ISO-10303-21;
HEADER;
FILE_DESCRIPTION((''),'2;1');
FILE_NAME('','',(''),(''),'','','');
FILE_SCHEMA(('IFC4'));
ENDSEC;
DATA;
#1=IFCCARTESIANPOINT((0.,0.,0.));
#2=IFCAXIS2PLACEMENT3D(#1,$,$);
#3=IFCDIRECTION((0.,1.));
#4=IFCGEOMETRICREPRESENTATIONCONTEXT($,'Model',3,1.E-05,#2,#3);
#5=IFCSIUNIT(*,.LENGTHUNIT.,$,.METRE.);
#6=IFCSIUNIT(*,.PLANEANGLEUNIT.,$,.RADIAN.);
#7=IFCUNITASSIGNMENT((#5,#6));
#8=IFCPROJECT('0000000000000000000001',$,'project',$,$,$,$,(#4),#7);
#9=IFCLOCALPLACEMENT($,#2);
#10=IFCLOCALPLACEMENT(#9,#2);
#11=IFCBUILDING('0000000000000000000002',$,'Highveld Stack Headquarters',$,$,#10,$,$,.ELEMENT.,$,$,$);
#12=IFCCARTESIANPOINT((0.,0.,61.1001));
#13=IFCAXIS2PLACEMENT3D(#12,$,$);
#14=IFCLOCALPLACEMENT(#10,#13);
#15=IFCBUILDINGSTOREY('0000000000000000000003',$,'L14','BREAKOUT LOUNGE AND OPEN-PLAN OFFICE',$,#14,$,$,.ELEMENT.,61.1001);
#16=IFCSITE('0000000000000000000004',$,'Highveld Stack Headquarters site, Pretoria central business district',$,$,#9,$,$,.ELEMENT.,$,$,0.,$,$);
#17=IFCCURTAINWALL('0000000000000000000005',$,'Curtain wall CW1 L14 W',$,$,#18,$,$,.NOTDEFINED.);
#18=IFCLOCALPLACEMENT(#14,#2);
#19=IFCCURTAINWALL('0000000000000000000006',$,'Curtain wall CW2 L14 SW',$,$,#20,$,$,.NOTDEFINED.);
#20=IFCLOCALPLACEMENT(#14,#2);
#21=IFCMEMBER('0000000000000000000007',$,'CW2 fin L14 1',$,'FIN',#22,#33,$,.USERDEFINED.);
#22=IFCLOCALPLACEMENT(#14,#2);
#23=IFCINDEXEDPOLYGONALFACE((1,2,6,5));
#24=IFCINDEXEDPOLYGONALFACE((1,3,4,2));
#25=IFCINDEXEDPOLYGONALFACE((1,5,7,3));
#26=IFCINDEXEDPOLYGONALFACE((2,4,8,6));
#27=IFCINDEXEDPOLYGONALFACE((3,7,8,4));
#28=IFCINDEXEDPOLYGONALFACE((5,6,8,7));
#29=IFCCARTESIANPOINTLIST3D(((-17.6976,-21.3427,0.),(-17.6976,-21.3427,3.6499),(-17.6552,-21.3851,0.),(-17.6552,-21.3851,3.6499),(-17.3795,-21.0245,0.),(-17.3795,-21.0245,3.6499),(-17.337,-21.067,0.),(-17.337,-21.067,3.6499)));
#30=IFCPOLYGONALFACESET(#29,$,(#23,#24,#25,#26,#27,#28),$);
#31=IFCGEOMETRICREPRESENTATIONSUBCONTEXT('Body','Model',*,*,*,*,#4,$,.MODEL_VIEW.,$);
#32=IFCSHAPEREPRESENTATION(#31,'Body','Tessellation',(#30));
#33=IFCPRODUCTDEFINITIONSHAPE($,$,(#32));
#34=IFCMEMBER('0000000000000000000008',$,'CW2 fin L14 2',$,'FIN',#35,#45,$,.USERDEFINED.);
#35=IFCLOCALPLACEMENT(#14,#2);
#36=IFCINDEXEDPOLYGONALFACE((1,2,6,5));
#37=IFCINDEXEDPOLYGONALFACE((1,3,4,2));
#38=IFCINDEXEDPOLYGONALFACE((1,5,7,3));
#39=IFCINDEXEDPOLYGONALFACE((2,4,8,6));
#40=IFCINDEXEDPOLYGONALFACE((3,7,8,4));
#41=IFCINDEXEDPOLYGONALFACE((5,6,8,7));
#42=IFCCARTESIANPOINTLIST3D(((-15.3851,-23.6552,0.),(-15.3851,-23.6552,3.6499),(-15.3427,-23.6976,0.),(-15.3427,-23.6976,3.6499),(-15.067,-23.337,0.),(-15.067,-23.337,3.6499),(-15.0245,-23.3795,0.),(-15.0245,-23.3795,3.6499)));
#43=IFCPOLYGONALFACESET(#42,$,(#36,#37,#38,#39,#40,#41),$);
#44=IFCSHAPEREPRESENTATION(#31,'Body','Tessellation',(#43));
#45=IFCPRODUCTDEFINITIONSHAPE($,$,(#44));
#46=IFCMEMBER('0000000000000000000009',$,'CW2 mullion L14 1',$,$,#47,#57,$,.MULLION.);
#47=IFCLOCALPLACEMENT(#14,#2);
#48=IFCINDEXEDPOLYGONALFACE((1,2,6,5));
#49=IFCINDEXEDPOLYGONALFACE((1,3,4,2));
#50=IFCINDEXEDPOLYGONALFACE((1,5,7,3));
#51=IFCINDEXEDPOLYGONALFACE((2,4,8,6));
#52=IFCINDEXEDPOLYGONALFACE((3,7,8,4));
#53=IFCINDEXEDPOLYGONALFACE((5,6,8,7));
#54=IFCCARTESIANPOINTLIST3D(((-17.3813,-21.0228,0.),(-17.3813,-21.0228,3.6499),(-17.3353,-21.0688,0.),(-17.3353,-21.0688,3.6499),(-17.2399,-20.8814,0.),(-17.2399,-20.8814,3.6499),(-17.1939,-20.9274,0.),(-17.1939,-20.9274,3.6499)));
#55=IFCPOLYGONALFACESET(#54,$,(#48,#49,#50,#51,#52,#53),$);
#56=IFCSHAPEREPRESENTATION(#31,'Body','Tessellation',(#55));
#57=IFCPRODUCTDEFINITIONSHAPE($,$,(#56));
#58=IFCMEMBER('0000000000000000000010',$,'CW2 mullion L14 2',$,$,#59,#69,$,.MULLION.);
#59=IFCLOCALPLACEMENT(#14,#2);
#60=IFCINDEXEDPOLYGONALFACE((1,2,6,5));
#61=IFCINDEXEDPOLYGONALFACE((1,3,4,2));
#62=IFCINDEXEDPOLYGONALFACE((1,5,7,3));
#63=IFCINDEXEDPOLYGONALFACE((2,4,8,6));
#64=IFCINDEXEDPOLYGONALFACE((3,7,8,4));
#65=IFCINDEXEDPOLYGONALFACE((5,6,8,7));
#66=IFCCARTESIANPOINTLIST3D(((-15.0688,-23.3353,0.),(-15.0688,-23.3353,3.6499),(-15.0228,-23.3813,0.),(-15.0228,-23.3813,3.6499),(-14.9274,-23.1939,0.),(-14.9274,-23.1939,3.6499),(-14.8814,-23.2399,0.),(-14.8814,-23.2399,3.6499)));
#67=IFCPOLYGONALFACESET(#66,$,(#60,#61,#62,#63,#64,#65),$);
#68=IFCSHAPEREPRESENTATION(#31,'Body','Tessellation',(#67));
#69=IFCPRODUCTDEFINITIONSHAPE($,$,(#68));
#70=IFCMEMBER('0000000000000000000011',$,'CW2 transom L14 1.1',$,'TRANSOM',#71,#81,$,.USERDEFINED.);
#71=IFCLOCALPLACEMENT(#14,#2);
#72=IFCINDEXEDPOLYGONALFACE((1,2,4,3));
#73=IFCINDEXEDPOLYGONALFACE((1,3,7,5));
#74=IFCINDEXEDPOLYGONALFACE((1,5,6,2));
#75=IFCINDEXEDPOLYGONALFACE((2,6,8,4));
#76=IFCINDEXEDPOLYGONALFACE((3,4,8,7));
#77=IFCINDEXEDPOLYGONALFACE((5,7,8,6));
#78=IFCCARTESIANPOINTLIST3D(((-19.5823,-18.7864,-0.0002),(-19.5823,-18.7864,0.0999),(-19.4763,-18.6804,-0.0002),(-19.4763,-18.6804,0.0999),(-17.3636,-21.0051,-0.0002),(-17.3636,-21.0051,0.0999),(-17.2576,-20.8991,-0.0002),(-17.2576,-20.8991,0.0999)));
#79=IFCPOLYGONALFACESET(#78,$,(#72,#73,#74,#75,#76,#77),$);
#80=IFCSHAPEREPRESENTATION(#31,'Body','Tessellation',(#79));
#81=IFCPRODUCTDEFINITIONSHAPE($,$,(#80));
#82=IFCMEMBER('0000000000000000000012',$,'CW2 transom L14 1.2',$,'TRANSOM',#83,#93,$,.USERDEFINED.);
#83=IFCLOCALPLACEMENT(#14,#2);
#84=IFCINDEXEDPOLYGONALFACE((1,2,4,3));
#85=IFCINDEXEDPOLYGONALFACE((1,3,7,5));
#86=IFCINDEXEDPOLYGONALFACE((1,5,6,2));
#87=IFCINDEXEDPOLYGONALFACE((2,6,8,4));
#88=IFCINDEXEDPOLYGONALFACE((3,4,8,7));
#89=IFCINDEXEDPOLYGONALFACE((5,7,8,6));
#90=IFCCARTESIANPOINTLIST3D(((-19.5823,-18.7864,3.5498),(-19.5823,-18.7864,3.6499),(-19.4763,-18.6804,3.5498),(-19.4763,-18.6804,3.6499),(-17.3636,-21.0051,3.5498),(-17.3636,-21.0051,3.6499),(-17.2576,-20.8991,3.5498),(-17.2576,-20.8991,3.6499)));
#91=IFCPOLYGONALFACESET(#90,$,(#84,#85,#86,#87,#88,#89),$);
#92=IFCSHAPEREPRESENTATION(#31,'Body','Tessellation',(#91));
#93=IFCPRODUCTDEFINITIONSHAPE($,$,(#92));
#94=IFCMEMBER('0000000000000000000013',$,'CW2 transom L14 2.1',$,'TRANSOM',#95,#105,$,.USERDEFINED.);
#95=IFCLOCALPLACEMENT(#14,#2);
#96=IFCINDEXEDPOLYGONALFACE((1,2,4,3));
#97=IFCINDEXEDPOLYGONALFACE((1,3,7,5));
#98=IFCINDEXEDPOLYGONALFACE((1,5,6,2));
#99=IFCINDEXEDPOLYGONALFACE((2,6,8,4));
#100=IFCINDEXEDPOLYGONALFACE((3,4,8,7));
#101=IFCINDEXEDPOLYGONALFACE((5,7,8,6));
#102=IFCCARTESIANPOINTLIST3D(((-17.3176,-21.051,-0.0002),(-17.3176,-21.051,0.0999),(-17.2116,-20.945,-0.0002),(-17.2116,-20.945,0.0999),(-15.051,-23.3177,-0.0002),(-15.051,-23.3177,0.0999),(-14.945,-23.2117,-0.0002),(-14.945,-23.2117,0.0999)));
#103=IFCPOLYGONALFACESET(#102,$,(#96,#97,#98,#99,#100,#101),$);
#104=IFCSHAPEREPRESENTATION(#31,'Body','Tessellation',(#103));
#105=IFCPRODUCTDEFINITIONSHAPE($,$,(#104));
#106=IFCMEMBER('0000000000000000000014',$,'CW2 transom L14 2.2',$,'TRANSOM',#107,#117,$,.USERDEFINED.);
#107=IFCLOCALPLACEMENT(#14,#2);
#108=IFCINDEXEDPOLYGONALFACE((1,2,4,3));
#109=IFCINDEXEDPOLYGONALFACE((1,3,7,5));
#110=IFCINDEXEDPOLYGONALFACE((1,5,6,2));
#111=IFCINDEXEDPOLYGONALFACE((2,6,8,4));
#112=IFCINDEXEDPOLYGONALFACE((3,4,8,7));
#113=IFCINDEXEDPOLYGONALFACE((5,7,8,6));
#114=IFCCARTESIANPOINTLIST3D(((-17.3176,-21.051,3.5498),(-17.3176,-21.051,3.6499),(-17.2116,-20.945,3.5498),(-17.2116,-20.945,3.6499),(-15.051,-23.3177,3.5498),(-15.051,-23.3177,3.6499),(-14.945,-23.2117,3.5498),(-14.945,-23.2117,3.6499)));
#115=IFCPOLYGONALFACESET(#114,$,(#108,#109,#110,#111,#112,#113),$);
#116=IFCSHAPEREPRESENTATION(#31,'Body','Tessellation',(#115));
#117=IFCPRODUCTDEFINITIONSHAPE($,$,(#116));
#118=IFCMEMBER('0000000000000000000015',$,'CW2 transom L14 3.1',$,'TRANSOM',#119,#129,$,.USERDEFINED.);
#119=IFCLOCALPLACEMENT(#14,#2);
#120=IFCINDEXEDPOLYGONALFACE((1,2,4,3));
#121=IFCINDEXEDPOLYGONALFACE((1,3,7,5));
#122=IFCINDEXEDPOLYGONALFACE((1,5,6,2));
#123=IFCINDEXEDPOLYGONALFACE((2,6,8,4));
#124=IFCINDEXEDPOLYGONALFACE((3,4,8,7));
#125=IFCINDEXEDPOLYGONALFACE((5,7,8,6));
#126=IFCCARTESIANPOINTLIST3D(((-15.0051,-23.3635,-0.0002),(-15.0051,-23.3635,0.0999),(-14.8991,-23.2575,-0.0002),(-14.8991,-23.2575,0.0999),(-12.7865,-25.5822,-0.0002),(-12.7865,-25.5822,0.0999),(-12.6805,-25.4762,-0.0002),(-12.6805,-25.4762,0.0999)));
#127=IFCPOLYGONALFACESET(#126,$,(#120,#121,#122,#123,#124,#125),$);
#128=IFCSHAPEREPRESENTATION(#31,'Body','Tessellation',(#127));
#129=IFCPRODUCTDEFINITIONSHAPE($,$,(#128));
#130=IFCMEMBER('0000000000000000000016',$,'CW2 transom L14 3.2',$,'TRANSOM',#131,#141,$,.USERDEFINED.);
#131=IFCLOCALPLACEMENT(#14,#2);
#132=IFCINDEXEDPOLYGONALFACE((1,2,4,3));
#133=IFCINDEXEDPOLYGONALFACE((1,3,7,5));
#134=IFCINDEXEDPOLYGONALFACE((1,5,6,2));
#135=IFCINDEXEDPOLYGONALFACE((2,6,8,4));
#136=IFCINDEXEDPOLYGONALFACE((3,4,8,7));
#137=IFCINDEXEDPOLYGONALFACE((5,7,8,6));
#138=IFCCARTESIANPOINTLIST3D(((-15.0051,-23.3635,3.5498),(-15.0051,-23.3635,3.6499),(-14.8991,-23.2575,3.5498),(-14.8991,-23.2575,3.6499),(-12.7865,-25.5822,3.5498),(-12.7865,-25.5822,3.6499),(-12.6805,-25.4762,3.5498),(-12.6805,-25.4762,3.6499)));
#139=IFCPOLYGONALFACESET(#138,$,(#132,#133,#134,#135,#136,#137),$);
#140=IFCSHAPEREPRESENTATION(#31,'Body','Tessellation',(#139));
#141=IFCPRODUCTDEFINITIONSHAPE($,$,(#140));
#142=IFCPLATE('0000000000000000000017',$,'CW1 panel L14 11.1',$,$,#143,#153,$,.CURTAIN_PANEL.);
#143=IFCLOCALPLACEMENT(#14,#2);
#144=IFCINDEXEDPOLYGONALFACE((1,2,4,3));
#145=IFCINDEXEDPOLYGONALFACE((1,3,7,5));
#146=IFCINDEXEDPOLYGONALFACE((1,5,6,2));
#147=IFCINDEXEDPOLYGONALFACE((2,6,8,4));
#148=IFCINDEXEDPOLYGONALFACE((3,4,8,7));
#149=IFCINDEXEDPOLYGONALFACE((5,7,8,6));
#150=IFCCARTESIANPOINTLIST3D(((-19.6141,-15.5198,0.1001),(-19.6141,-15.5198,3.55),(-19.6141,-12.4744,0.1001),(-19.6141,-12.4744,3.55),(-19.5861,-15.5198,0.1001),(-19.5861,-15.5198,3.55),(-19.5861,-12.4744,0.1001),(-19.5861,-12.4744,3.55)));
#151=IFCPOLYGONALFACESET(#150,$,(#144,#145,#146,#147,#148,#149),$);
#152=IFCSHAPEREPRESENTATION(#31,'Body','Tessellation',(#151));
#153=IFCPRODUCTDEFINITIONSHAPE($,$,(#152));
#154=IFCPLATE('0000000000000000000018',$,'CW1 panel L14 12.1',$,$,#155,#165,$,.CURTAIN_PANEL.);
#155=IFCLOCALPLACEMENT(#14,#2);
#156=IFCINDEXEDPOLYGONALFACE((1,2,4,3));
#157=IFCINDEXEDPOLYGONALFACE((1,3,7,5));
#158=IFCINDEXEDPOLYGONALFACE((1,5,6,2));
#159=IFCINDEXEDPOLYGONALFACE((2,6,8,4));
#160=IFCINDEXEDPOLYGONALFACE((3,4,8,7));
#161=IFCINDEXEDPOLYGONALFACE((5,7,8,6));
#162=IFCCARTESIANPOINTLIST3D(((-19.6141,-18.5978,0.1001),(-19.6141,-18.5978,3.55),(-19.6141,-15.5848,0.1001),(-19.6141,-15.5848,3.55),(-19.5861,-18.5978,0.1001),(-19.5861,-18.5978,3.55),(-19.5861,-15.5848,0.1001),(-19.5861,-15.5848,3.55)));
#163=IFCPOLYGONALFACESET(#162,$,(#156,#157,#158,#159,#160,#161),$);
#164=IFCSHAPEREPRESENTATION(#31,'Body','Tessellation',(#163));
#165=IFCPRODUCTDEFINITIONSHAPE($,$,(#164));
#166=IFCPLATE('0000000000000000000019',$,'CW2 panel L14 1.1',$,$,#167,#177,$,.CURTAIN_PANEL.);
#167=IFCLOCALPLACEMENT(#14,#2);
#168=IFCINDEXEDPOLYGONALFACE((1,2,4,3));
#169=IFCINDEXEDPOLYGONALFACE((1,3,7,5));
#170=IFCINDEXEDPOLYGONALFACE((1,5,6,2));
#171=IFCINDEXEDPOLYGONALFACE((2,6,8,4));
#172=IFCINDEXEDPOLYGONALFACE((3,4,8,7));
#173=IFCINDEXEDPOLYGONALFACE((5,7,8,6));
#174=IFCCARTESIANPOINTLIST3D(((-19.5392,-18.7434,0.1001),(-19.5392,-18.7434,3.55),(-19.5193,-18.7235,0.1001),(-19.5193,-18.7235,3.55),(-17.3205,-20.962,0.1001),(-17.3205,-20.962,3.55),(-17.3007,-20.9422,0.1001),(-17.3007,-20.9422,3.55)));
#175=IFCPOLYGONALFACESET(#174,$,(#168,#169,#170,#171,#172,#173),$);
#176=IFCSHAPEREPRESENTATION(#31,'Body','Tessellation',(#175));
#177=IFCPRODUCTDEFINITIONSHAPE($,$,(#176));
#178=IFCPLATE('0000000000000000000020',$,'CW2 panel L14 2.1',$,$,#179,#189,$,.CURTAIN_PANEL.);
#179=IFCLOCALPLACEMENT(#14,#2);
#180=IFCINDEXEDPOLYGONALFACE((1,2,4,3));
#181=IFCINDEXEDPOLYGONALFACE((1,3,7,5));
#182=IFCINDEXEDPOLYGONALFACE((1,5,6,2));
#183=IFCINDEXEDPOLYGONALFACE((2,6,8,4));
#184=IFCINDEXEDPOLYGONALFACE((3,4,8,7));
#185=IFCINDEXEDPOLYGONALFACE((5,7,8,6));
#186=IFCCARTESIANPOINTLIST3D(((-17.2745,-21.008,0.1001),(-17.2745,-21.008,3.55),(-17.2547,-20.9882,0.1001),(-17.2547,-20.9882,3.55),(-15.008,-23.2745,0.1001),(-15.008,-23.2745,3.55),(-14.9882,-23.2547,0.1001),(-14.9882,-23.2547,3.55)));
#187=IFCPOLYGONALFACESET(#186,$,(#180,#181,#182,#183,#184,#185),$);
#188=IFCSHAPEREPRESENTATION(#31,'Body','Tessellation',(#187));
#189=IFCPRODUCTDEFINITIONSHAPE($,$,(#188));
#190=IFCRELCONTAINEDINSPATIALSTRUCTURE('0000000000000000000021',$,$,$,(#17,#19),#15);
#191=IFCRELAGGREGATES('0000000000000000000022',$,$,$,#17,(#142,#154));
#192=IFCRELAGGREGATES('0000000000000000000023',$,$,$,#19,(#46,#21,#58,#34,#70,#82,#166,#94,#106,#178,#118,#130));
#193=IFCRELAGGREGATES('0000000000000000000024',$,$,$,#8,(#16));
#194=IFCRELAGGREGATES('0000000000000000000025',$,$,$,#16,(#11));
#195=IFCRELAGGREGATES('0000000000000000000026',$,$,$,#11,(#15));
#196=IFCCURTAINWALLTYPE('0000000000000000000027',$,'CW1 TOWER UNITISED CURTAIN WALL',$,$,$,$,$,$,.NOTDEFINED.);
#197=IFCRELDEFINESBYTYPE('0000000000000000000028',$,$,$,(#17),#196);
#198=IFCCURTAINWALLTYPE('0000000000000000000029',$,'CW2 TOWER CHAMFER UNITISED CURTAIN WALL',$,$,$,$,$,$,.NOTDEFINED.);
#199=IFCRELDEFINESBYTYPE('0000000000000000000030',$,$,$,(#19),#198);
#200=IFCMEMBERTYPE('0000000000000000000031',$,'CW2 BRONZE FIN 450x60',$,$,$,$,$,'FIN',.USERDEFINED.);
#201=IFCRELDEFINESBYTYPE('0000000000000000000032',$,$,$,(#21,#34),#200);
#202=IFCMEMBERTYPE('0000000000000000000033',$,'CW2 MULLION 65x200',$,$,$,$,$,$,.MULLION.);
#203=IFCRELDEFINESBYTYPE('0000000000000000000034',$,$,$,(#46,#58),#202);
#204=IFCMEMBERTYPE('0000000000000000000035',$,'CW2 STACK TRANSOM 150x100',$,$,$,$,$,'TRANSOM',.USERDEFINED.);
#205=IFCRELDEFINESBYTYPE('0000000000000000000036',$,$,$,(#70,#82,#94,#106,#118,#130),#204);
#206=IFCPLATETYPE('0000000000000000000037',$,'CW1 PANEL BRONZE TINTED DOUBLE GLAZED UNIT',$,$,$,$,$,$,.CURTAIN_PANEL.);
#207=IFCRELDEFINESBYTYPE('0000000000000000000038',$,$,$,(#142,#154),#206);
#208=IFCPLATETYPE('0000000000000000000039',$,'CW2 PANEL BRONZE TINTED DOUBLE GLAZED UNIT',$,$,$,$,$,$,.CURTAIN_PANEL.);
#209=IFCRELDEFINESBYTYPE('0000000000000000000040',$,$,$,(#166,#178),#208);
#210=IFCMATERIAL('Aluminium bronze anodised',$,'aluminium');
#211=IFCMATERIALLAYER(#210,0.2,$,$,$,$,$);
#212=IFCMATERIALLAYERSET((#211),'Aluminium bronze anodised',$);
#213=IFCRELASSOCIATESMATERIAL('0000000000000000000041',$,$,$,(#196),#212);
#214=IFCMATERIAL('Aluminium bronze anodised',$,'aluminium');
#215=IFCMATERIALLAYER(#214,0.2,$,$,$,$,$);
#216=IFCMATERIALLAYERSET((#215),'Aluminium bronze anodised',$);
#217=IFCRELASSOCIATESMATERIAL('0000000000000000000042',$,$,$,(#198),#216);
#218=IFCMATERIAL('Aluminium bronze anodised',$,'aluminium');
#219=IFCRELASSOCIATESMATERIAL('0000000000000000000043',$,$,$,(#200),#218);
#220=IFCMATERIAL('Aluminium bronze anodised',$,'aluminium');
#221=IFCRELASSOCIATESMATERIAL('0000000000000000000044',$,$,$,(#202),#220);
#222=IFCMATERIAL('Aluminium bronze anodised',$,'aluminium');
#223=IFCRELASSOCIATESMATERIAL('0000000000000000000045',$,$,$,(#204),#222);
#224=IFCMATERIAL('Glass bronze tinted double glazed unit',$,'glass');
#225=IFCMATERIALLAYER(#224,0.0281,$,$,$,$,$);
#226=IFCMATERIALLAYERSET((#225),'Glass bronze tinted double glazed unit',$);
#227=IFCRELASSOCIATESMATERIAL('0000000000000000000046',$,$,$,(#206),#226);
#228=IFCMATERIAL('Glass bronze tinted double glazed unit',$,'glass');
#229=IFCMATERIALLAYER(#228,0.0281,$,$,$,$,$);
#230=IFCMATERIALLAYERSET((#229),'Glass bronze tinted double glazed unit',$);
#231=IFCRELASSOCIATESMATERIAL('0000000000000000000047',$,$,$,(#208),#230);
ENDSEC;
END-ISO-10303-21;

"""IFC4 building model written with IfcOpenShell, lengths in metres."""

from ifc_helpers import new_model, si_unit, direction, frame, origin, origin_2d, place, context, subcontext, project, spatial, rectangle, extrude, material, layer, layer_set, material_profile, profile_set, type_object, element, aggregate, save


model = new_model("IFC4")

# Units and contexts
model_context = context("Model", 3, precision=1e-05, world=origin(), true_north=direction((0.0, 1.0)))
body_context = subcontext(model_context, "Body", "Model", "MODEL_VIEW")
ifc_project = project(units=[si_unit("LENGTHUNIT", "METRE"), si_unit("PLANEANGLEUNIT", "RADIAN")], contexts=[model_context])

# Site, building, storey
site_placement = place(None, origin())
site = spatial("IfcSite", under=ifc_project, at=site_placement, Name="Highveld Stack Headquarters site, Pretoria central business district", CompositionType="ELEMENT", RefElevation=0.0)
building_placement = place(site_placement, origin())
building = spatial("IfcBuilding", under=site, at=building_placement, Name="Highveld Stack Headquarters", CompositionType="ELEMENT")
storey_placement = place(building_placement, frame((0.0, 0.0, 61.1001)))
storey = spatial("IfcBuildingStorey", under=building, at=storey_placement, Name="L14", Description="BREAKOUT LOUNGE AND OPEN-PLAN OFFICE", CompositionType="ELEMENT", Elevation=61.1001)

# Shared definitions
ifc_material_1 = material(Name="Aluminium bronze anodised", Category="aluminium")
ifc_layer_1 = layer(ifc_material_1, 0.2)
ifc_layer_set_1 = layer_set([ifc_layer_1], Name="Aluminium bronze anodised")
curtain_wall_type_1 = type_object("IfcCurtainWallType", Name="CW1 TOWER UNITISED CURTAIN WALL", PredefinedType="NOTDEFINED", material=ifc_layer_set_1)

# Curtain wall
curtain_wall_1_placement = place(storey_placement, origin())
curtain_wall_1 = element("IfcCurtainWall", 1, at=curtain_wall_1_placement, inside=storey, type_object=curtain_wall_type_1, Name="Curtain wall CW1 L14 W", PredefinedType="NOTDEFINED")

# Curtain wall, members
ifc_material_2 = material(Name="Aluminium bronze anodised", Category="aluminium")
ifc_layer_2 = layer(ifc_material_2, 0.2)
ifc_layer_set_2 = layer_set([ifc_layer_2], Name="Aluminium bronze anodised")
curtain_wall_type_2 = type_object("IfcCurtainWallType", Name="CW2 TOWER CHAMFER UNITISED CURTAIN WALL", PredefinedType="NOTDEFINED", material=ifc_layer_set_2)
curtain_wall_2_placement = place(storey_placement, origin())
curtain_wall_2 = element("IfcCurtainWall", 2, at=curtain_wall_2_placement, inside=storey, type_object=curtain_wall_type_2, Name="Curtain wall CW2 L14 SW", PredefinedType="NOTDEFINED")
ifc_material_3 = material(Name="Aluminium bronze anodised", Category="aluminium")
ifc_material_profile_1 = material_profile(ifc_material_3, rectangle(XDim=0.45, YDim=0.0601, at=origin_2d()), Name="FIN 450x60")
ifc_profile_set_1 = profile_set([ifc_material_profile_1], Name="Aluminium bronze anodised")
member_type_1 = type_object("IfcMemberType", Name="CW2 BRONZE FIN 450x60", ElementType="FIN", PredefinedType="USERDEFINED", material=ifc_profile_set_1)
member_1_placement = place(storey_placement, frame((-17.5173, -21.2048, 0.0), z_axis=(0.0, 0.0, 1.0), x_axis=(0.707107, 0.707107, 0.0)))
member_1 = element("IfcMember", 3, at=member_1_placement, type_object=member_type_1, Name="CW2 fin L14 1", ObjectType="FIN", PredefinedType="USERDEFINED", context=body_context, shape_type="SweptSolid", body=[
    extrude(rectangle(XDim=0.45, YDim=0.0601, at=origin_2d()), origin(), (0.0, 0.0, 1.0), 3.6499),
])
member_2_placement = place(storey_placement, frame((-15.2048, -23.5173, 0.0), z_axis=(0.0, 0.0, 1.0), x_axis=(0.707107, 0.707107, 0.0)))
member_2 = element("IfcMember", 4, at=member_2_placement, type_object=member_type_1, Name="CW2 fin L14 2", ObjectType="FIN", PredefinedType="USERDEFINED", context=body_context, shape_type="SweptSolid", body=[
    extrude(rectangle(XDim=0.45, YDim=0.0601, at=origin_2d()), origin(), (0.0, 0.0, 1.0), 3.6499),
])
ifc_material_4 = material(Name="Aluminium bronze anodised", Category="aluminium")
ifc_material_profile_2 = material_profile(ifc_material_4, rectangle(XDim=0.2, YDim=0.0649, at=origin_2d()), Name="CW2 MULLION 65x200")
ifc_profile_set_2 = profile_set([ifc_material_profile_2], Name="Aluminium bronze anodised")
member_type_2 = type_object("IfcMemberType", Name="CW2 MULLION 65x200", PredefinedType="MULLION", material=ifc_profile_set_2)
member_3_placement = place(storey_placement, frame((-17.2876, -20.9751, 0.0), z_axis=(0.0, 0.0, 1.0), x_axis=(0.707107, 0.707107, 0.0)))
member_3 = element("IfcMember", 5, at=member_3_placement, type_object=member_type_2, Name="CW2 mullion L14 1", PredefinedType="MULLION", context=body_context, shape_type="SweptSolid", body=[
    extrude(rectangle(XDim=0.2, YDim=0.0649, at=origin_2d()), origin(), (0.0, 0.0, 1.0), 3.6499),
])
member_4_placement = place(storey_placement, frame((-14.9751, -23.2876, 0.0), z_axis=(0.0, 0.0, 1.0), x_axis=(0.707107, 0.707107, 0.0)))
member_4 = element("IfcMember", 6, at=member_4_placement, type_object=member_type_2, Name="CW2 mullion L14 2", PredefinedType="MULLION", context=body_context, shape_type="SweptSolid", body=[
    extrude(rectangle(XDim=0.2, YDim=0.0649, at=origin_2d()), origin(), (0.0, 0.0, 1.0), 3.6499),
])
ifc_material_5 = material(Name="Aluminium bronze anodised", Category="aluminium")
ifc_material_profile_3 = material_profile(ifc_material_5, rectangle(XDim=0.1499, YDim=0.1001, at=origin_2d()), Name="CW2 TRANSOM 150x100")
ifc_profile_set_3 = profile_set([ifc_material_profile_3], Name="Aluminium bronze anodised")
member_type_3 = type_object("IfcMemberType", Name="CW2 STACK TRANSOM 150x100", ElementType="TRANSOM", PredefinedType="USERDEFINED", material=ifc_profile_set_3)
member_5_placement = place(storey_placement, frame((-19.5293, -18.7334, 0.0498), z_axis=(0.707107, -0.707107, 0.0), x_axis=(0.707107, 0.707107, 0.0)))
member_5 = element("IfcMember", 7, at=member_5_placement, type_object=member_type_3, Name="CW2 transom L14 1.1", ObjectType="TRANSOM", PredefinedType="USERDEFINED", context=body_context, shape_type="SweptSolid", body=[
    extrude(rectangle(XDim=0.1499, YDim=0.1001, at=origin_2d()), origin(), (0.0, 0.0, 1.0), 3.1377),
])
member_6_placement = place(storey_placement, frame((-19.5293, -18.7334, 3.5999), z_axis=(0.707107, -0.707107, 0.0), x_axis=(0.707107, 0.707107, 0.0)))
member_6 = element("IfcMember", 8, at=member_6_placement, type_object=member_type_3, Name="CW2 transom L14 1.2", ObjectType="TRANSOM", PredefinedType="USERDEFINED", context=body_context, shape_type="SweptSolid", body=[
    extrude(rectangle(XDim=0.1499, YDim=0.1001, at=origin_2d()), origin(), (0.0, 0.0, 1.0), 3.1377),
])
member_7_placement = place(storey_placement, frame((-17.2646, -20.998, 0.0498), z_axis=(0.707107, -0.707107, 0.0), x_axis=(0.707107, 0.707107, 0.0)))
member_7 = element("IfcMember", 9, at=member_7_placement, type_object=member_type_3, Name="CW2 transom L14 2.1", ObjectType="TRANSOM", PredefinedType="USERDEFINED", context=body_context, shape_type="SweptSolid", body=[
    extrude(rectangle(XDim=0.1499, YDim=0.1001, at=origin_2d()), origin(), (0.0, 0.0, 1.0), 3.2056),
])
member_8_placement = place(storey_placement, frame((-17.2646, -20.998, 3.5999), z_axis=(0.707107, -0.707107, 0.0), x_axis=(0.707107, 0.707107, 0.0)))
member_8 = element("IfcMember", 10, at=member_8_placement, type_object=member_type_3, Name="CW2 transom L14 2.2", ObjectType="TRANSOM", PredefinedType="USERDEFINED", context=body_context, shape_type="SweptSolid", body=[
    extrude(rectangle(XDim=0.1499, YDim=0.1001, at=origin_2d()), origin(), (0.0, 0.0, 1.0), 3.2056),
])
member_9_placement = place(storey_placement, frame((-14.9521, -23.3105, 0.0498), z_axis=(0.707107, -0.707107, 0.0), x_axis=(0.707107, 0.707107, 0.0)))
member_9 = element("IfcMember", 11, at=member_9_placement, type_object=member_type_3, Name="CW2 transom L14 3.1", ObjectType="TRANSOM", PredefinedType="USERDEFINED", context=body_context, shape_type="SweptSolid", body=[
    extrude(rectangle(XDim=0.1499, YDim=0.1001, at=origin_2d()), origin(), (0.0, 0.0, 1.0), 3.1377),
])
member_10_placement = place(storey_placement, frame((-14.9521, -23.3105, 3.5999), z_axis=(0.707107, -0.707107, 0.0), x_axis=(0.707107, 0.707107, 0.0)))
member_10 = element("IfcMember", 12, at=member_10_placement, type_object=member_type_3, Name="CW2 transom L14 3.2", ObjectType="TRANSOM", PredefinedType="USERDEFINED", context=body_context, shape_type="SweptSolid", body=[
    extrude(rectangle(XDim=0.1499, YDim=0.1001, at=origin_2d()), origin(), (0.0, 0.0, 1.0), 3.1377),
])

# Plates
ifc_material_6 = material(Name="Glass bronze tinted double glazed unit", Category="glass")
ifc_layer_3 = layer(ifc_material_6, 0.0281)
ifc_layer_set_3 = layer_set([ifc_layer_3], Name="Glass bronze tinted double glazed unit")
plate_type_1 = type_object("IfcPlateType", Name="CW1 PANEL BRONZE TINTED DOUBLE GLAZED UNIT", PredefinedType="CURTAIN_PANEL", material=ifc_layer_set_3)
plate_1_placement = place(storey_placement, frame((-19.6001, -13.9971, 0.1001), z_axis=(0.0, 0.0, 1.0), x_axis=(0.0, -1.0, 0.0)))
plate_1 = element("IfcPlate", 13, at=plate_1_placement, type_object=plate_type_1, Name="CW1 panel L14 11.1", PredefinedType="CURTAIN_PANEL", context=body_context, shape_type="SweptSolid", body=[
    extrude(rectangle(XDim=3.0454, YDim=0.0281, at=origin_2d()), origin(), (0.0, 0.0, 1.0), 3.45),
])
plate_2_placement = place(storey_placement, frame((-19.6001, -17.0913, 0.1001), z_axis=(0.0, 0.0, 1.0), x_axis=(0.0, -1.0, 0.0)))
plate_2 = element("IfcPlate", 14, at=plate_2_placement, type_object=plate_type_1, Name="CW1 panel L14 12.1", PredefinedType="CURTAIN_PANEL", context=body_context, shape_type="SweptSolid", body=[
    extrude(rectangle(XDim=3.0129, YDim=0.0281, at=origin_2d()), origin(), (0.0, 0.0, 1.0), 3.45),
])
aggregate(curtain_wall_1, [plate_1, plate_2])
ifc_material_7 = material(Name="Glass bronze tinted double glazed unit", Category="glass")
ifc_layer_4 = layer(ifc_material_7, 0.0281)
ifc_layer_set_4 = layer_set([ifc_layer_4], Name="Glass bronze tinted double glazed unit")
plate_type_2 = type_object("IfcPlateType", Name="CW2 PANEL BRONZE TINTED DOUBLE GLAZED UNIT", PredefinedType="CURTAIN_PANEL", material=ifc_layer_set_4)
plate_3_placement = place(storey_placement, frame((-18.4199, -19.8428, 0.1001), z_axis=(0.0, 0.0, 1.0), x_axis=(0.707107, -0.707107, 0.0)))
plate_3 = element("IfcPlate", 15, at=plate_3_placement, type_object=plate_type_2, Name="CW2 panel L14 1.1", PredefinedType="CURTAIN_PANEL", context=body_context, shape_type="SweptSolid", body=[
    extrude(rectangle(XDim=3.1377, YDim=0.0281, at=origin_2d()), origin(), (0.0, 0.0, 1.0), 3.45),
])
plate_4_placement = place(storey_placement, frame((-16.1313, -22.1313, 0.1001), z_axis=(0.0, 0.0, 1.0), x_axis=(0.707107, -0.707107, 0.0)))
plate_4 = element("IfcPlate", 16, at=plate_4_placement, type_object=plate_type_2, Name="CW2 panel L14 2.1", PredefinedType="CURTAIN_PANEL", context=body_context, shape_type="SweptSolid", body=[
    extrude(rectangle(XDim=3.2053, YDim=0.0281, at=origin_2d()), origin(), (0.0, 0.0, 1.0), 3.45),
])
aggregate(curtain_wall_2, [member_3, member_1, member_4, member_2, member_5, member_6, plate_3, member_7, member_8, plate_4, member_9, member_10])

save(model, "model.ifc")
